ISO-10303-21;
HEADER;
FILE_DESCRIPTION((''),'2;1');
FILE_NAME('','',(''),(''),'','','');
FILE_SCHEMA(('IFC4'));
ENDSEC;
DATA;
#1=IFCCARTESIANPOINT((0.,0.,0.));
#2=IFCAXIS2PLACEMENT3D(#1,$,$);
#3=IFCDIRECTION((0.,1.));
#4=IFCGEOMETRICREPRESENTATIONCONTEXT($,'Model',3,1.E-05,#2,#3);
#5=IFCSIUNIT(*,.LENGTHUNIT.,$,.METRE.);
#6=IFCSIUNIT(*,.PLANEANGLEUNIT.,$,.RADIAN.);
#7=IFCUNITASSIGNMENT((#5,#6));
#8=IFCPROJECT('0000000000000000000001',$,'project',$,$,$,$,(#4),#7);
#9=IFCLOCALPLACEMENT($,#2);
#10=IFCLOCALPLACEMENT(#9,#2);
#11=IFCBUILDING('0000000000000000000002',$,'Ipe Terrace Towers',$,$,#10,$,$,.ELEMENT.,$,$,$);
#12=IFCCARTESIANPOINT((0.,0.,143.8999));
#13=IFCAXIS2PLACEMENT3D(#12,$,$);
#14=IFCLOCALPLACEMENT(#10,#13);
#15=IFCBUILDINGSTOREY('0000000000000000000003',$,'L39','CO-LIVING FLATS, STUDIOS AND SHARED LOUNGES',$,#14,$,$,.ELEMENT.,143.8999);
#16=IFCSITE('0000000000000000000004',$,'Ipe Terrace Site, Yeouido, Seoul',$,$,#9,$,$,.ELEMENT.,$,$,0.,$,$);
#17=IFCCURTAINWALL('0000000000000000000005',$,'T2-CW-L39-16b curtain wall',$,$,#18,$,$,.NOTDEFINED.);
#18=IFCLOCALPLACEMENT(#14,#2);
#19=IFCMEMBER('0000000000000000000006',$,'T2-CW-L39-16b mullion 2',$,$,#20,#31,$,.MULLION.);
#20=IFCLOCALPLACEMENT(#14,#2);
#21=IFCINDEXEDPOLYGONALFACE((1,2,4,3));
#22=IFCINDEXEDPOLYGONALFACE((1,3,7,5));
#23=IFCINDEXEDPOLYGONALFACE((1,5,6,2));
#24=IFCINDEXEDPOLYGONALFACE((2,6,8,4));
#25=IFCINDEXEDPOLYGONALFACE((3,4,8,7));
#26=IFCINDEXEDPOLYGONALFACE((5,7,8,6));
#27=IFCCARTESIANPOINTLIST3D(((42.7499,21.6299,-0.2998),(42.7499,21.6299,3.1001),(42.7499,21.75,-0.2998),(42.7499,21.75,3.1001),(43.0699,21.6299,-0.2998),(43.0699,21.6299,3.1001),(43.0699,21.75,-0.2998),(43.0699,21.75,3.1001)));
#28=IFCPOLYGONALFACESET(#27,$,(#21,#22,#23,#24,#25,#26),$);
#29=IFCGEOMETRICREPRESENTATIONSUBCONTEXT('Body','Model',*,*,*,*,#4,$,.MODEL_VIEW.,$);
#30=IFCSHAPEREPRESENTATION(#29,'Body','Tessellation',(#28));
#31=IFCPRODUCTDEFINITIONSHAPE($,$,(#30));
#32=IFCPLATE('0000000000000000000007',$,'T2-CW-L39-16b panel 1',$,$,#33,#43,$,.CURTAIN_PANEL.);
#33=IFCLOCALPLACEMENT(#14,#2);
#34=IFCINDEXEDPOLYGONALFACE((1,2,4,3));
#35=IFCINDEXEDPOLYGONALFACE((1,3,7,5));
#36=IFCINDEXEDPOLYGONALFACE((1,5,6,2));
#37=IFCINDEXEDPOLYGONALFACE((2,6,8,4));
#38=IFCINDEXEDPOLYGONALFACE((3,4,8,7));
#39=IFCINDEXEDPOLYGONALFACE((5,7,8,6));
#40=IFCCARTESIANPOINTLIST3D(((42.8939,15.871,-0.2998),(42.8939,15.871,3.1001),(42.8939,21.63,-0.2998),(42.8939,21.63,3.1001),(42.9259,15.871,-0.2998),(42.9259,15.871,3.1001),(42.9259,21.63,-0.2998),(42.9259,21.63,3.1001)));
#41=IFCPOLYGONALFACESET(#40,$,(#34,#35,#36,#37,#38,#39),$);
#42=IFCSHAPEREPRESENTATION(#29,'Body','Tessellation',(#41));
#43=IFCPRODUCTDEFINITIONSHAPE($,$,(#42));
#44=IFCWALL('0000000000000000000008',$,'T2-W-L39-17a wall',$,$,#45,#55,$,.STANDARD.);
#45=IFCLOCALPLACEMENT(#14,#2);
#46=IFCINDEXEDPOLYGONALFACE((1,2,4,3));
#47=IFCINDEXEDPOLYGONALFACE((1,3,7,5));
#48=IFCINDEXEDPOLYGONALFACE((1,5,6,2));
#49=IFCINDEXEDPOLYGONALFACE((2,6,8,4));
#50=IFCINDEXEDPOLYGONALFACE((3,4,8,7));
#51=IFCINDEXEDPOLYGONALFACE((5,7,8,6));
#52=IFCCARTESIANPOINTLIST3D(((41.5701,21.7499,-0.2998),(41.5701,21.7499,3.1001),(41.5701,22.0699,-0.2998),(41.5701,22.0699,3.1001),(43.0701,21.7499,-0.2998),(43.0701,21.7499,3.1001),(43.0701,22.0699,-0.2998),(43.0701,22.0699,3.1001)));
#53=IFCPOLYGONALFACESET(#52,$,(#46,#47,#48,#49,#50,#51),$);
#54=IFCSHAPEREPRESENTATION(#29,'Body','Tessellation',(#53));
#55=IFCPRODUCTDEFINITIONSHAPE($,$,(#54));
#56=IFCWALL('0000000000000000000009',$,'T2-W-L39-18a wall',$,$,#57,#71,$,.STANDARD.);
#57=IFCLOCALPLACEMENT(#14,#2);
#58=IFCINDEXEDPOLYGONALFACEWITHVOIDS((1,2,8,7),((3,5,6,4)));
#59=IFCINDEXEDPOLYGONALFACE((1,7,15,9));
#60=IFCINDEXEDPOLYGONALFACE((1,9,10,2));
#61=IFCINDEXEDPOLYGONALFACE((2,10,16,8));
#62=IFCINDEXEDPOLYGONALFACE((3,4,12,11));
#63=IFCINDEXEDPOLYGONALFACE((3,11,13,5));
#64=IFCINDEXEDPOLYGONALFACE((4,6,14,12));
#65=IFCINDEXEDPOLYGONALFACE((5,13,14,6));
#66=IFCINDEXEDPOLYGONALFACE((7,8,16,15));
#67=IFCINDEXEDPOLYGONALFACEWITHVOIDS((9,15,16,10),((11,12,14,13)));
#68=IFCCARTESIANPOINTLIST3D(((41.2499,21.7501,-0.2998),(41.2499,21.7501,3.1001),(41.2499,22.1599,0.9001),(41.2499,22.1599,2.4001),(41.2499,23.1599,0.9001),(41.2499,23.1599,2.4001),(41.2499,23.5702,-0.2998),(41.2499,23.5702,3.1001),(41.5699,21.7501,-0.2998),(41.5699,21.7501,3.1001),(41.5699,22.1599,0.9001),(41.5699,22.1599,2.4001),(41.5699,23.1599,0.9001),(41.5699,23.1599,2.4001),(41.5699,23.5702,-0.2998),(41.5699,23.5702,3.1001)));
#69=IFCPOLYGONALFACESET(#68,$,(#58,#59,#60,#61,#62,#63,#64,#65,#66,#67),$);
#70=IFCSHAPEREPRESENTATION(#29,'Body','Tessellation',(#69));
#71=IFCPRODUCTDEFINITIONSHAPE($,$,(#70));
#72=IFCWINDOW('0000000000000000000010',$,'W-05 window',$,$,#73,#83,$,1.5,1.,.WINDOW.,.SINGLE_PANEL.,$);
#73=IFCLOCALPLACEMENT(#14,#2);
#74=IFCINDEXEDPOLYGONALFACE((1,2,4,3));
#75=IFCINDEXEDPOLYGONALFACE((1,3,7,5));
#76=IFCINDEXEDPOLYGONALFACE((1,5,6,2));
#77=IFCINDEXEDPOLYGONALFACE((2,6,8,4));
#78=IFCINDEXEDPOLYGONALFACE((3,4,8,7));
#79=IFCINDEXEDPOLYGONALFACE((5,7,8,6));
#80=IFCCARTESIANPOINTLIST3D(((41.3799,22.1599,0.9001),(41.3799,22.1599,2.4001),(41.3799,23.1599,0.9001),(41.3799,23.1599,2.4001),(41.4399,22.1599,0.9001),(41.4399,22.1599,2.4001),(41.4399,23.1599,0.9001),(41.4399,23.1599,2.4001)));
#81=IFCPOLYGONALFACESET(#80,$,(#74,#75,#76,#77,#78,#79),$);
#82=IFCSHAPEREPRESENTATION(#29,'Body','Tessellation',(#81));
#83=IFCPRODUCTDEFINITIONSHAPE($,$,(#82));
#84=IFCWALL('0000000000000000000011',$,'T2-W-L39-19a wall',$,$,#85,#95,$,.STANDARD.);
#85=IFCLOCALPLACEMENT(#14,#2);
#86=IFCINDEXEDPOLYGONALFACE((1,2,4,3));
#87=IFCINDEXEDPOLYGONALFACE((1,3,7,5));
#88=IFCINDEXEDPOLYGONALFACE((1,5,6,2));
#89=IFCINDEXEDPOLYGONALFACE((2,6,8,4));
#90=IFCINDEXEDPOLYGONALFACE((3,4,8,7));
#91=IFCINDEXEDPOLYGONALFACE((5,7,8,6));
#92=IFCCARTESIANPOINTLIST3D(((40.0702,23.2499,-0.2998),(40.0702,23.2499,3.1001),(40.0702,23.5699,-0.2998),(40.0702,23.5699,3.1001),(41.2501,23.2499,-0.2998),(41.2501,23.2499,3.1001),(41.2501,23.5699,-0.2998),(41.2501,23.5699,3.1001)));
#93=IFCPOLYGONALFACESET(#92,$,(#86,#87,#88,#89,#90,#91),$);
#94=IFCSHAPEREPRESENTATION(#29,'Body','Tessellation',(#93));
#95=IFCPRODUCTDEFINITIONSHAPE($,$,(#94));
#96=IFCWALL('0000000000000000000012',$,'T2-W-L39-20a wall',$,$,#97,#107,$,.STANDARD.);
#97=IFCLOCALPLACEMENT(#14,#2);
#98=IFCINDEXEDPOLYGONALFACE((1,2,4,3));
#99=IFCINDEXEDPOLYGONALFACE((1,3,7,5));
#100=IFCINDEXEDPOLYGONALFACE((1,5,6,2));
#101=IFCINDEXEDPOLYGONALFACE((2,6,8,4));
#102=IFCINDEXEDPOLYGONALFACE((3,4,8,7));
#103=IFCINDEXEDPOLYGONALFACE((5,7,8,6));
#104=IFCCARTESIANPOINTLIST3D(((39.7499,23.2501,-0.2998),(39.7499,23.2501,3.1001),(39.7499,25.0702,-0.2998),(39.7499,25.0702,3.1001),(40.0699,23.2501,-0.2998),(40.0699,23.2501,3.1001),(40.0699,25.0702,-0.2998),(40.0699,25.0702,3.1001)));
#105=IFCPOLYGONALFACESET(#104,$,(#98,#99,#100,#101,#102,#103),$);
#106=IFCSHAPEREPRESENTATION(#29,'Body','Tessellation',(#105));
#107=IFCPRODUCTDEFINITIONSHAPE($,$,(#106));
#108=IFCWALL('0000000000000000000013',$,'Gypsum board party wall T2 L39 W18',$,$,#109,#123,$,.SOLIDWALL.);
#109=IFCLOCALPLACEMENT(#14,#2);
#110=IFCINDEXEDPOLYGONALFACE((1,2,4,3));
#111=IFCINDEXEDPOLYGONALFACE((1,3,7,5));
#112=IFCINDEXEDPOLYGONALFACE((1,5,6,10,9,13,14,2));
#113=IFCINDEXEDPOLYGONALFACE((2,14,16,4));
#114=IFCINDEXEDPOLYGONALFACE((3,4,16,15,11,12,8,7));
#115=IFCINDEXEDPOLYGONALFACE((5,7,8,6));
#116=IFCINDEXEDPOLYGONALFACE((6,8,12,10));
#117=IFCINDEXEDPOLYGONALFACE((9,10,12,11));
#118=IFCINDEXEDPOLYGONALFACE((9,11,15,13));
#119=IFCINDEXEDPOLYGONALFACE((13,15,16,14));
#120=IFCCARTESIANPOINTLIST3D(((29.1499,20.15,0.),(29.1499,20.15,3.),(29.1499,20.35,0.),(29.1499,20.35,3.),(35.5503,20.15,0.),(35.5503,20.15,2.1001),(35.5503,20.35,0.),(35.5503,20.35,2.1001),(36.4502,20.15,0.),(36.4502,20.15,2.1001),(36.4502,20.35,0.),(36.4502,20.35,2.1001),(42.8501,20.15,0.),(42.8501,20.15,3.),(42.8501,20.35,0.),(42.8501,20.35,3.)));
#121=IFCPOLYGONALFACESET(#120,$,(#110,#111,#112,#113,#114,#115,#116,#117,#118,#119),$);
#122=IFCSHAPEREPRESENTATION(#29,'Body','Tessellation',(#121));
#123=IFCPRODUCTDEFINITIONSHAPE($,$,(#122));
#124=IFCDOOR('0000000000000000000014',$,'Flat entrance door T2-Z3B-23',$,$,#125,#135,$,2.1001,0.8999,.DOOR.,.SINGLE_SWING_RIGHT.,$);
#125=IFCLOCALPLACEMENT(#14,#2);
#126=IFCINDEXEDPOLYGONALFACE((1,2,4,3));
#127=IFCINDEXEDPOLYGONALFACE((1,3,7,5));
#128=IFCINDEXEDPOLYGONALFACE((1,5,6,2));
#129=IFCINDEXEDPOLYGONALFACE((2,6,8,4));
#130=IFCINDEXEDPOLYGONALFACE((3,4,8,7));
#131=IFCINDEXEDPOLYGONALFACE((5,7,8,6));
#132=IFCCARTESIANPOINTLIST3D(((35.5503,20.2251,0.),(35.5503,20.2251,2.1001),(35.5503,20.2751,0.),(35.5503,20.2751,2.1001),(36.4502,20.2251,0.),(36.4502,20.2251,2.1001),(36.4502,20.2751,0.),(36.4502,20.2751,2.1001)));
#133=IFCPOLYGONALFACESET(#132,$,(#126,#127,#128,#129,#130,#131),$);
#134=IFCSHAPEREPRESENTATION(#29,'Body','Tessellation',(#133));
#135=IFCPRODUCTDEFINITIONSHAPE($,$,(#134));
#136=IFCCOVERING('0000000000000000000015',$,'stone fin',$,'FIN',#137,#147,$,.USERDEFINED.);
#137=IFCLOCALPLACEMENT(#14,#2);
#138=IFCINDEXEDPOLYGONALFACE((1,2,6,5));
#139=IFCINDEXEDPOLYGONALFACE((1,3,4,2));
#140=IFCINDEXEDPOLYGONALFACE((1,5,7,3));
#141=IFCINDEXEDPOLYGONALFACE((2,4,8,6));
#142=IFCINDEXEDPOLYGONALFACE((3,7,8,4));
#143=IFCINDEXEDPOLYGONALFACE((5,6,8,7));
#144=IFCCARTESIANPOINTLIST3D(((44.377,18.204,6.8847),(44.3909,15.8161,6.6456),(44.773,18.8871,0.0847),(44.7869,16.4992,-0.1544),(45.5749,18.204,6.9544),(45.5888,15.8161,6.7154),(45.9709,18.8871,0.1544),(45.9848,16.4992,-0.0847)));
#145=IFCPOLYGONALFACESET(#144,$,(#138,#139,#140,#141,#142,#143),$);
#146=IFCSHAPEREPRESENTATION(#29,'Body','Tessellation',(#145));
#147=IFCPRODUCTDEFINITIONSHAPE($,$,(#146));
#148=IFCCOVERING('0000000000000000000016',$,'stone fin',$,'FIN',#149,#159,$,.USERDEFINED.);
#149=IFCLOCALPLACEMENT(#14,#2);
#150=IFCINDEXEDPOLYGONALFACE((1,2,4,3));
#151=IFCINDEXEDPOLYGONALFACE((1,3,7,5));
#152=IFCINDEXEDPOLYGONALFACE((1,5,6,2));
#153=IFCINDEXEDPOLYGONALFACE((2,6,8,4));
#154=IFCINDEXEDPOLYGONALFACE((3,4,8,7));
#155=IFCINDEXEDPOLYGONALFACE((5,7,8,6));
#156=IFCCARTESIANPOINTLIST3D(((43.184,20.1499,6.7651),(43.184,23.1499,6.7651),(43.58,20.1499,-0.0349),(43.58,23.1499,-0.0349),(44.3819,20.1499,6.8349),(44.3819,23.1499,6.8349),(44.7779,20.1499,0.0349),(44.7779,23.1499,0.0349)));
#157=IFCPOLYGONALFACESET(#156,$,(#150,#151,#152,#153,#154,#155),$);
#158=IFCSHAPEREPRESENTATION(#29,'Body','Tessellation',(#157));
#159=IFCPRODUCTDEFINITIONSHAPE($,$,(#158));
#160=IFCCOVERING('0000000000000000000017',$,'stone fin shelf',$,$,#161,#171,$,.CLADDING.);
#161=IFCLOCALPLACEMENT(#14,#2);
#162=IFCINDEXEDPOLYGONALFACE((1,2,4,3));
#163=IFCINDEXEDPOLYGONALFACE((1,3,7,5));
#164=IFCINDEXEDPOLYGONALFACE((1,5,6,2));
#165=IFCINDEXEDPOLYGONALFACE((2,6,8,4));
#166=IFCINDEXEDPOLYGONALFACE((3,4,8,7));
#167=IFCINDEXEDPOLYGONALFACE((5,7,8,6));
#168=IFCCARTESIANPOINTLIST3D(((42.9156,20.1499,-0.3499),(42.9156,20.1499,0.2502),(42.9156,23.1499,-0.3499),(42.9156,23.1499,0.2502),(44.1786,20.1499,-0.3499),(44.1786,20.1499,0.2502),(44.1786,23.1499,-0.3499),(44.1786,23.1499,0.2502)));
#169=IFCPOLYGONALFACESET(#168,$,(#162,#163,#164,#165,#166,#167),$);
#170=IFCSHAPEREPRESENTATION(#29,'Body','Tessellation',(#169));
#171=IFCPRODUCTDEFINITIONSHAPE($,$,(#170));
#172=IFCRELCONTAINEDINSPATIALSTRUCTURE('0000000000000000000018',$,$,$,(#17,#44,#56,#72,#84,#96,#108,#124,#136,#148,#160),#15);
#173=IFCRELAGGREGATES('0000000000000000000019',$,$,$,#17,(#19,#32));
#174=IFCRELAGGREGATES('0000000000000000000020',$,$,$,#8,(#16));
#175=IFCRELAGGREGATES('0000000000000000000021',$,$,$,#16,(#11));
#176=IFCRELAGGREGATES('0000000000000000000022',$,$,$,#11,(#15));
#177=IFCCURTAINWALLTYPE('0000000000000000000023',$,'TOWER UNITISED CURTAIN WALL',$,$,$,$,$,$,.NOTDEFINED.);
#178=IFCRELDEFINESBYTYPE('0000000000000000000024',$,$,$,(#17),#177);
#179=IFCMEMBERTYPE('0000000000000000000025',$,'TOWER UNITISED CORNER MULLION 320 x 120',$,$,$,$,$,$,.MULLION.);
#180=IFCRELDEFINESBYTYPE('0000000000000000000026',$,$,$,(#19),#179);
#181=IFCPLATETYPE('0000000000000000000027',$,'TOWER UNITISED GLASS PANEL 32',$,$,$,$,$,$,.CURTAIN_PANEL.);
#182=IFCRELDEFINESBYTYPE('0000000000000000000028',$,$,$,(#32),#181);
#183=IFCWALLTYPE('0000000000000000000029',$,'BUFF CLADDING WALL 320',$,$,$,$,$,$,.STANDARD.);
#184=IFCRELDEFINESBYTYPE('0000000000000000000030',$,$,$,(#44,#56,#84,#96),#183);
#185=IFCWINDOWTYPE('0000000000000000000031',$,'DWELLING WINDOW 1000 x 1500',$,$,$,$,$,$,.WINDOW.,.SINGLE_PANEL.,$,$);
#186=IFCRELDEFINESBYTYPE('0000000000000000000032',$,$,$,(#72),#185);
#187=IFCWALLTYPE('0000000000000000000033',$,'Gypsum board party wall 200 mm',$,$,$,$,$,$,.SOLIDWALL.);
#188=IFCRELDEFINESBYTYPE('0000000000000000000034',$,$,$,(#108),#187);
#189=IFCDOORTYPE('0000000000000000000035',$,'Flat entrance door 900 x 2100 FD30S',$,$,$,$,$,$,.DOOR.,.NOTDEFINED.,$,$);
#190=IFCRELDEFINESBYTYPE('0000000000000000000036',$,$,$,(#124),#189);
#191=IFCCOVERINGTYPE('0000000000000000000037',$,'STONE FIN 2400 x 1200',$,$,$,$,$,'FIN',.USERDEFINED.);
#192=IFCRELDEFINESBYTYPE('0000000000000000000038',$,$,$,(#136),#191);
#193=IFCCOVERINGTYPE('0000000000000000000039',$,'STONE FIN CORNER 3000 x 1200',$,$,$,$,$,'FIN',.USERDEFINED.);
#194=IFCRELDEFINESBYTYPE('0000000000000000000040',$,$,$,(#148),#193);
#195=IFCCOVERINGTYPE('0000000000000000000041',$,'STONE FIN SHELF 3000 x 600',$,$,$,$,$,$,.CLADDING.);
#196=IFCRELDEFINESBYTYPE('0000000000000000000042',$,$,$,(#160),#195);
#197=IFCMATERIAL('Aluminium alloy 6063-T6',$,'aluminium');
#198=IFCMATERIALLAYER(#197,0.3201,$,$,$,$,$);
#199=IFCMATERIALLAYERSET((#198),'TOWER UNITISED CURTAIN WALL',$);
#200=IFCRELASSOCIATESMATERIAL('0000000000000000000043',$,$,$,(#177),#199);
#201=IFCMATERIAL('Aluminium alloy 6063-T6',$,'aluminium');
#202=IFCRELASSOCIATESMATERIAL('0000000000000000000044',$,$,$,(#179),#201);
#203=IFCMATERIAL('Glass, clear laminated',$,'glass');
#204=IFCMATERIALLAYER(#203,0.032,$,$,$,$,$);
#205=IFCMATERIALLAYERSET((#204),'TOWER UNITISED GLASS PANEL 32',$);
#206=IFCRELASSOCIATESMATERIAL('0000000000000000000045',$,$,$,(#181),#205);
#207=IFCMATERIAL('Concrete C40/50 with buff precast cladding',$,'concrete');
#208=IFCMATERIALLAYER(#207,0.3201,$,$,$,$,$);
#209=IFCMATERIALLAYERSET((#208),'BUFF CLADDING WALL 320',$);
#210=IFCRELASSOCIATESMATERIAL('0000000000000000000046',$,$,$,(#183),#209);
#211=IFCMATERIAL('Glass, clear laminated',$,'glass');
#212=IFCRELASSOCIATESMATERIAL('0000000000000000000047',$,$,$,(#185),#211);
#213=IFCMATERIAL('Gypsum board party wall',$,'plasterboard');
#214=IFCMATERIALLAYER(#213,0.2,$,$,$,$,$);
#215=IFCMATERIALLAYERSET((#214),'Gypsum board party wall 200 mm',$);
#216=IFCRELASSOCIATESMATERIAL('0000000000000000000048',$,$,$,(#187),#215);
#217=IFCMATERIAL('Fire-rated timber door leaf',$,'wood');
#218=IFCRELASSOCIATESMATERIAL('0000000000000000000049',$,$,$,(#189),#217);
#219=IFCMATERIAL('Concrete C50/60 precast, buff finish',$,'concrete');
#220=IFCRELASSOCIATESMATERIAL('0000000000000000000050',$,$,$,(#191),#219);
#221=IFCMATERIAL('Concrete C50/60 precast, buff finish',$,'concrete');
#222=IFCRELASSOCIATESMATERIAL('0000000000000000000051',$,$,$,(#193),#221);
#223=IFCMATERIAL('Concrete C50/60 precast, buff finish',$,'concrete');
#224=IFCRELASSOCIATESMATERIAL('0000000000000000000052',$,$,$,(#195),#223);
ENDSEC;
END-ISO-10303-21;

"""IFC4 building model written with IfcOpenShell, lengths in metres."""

from ifc_helpers import new_model, si_unit, direction, frame, frame_2d, origin, origin_2d, place, context, subcontext, project, spatial, rectangle, extrude, material, layer, layer_set, material_profile, profile_set, type_object, element, fill, aggregate, save


model = new_model("IFC4")

# Units and contexts
model_context = context("Model", 3, precision=1e-05, world=origin(), true_north=direction((0.0, 1.0)))
body_context = subcontext(model_context, "Body", "Model", "MODEL_VIEW")
ifc_project = project(units=[si_unit("LENGTHUNIT", "METRE"), si_unit("PLANEANGLEUNIT", "RADIAN")], contexts=[model_context])

# Site, building, storey
site_placement = place(None, origin())
site = spatial("IfcSite", under=ifc_project, at=site_placement, Name="Ipe Terrace Site, Yeouido, Seoul", CompositionType="ELEMENT", RefElevation=0.0)
building_placement = place(site_placement, origin())
building = spatial("IfcBuilding", under=site, at=building_placement, Name="Ipe Terrace Towers", CompositionType="ELEMENT")
storey_placement = place(building_placement, frame((0.0, 0.0, 143.8999)))
storey = spatial("IfcBuildingStorey", under=building, at=storey_placement, Name="L39", Description="CO-LIVING FLATS, STUDIOS AND SHARED LOUNGES", CompositionType="ELEMENT", Elevation=143.8999)

# Curtain wall, member, plate
ifc_material_1 = material(Name="Aluminium alloy 6063-T6", Category="aluminium")
ifc_layer_1 = layer(ifc_material_1, 0.3201)
ifc_layer_set_1 = layer_set([ifc_layer_1], Name="TOWER UNITISED CURTAIN WALL")
curtain_wall_type = type_object("IfcCurtainWallType", Name="TOWER UNITISED CURTAIN WALL", PredefinedType="NOTDEFINED", material=ifc_layer_set_1)
curtain_wall_placement = place(storey_placement, origin())
curtain_wall = element("IfcCurtainWall", 1, at=curtain_wall_placement, inside=storey, type_object=curtain_wall_type, Name="T2-CW-L39-16b curtain wall", PredefinedType="NOTDEFINED")
ifc_material_2 = material(Name="Aluminium alloy 6063-T6", Category="aluminium")
ifc_material_profile_1 = material_profile(ifc_material_2, rectangle(XDim=0.3201, YDim=0.1201, at=origin_2d()), Name="TOWER UNITISED CORNER MULLION 320 x 120")
ifc_profile_set_1 = profile_set([ifc_material_profile_1], Name="Aluminium alloy 6063-T6")
member_type = type_object("IfcMemberType", Name="TOWER UNITISED CORNER MULLION 320 x 120", PredefinedType="MULLION", material=ifc_profile_set_1)
member_1_placement = place(storey_placement, frame((42.9099, 21.6899, -0.2998), z_axis=(0.0, 0.0, 1.0), x_axis=(1.0, 0.0, 0.0)))
member_1 = element("IfcMember", 2, at=member_1_placement, type_object=member_type, Name="T2-CW-L39-16b mullion 2", PredefinedType="MULLION", context=body_context, shape_type="SweptSolid", body=[
    extrude(rectangle(XDim=0.3201, YDim=0.1201, at=origin_2d()), origin(), (0.0, 0.0, 1.0), 3.3999),
])
ifc_material_3 = material(Name="Glass, clear laminated", Category="glass")
ifc_layer_2 = layer(ifc_material_3, 0.032)
ifc_layer_set_2 = layer_set([ifc_layer_2], Name="TOWER UNITISED GLASS PANEL 32")
plate_type = type_object("IfcPlateType", Name="TOWER UNITISED GLASS PANEL 32", PredefinedType="CURTAIN_PANEL", material=ifc_layer_set_2)
plate_placement = place(storey_placement, frame((42.9099, 18.7505, -0.2998), z_axis=(0.0, 0.0, 1.0), x_axis=(0.0, 1.0, 0.0)))
plate = element("IfcPlate", 3, at=plate_placement, type_object=plate_type, Name="T2-CW-L39-16b panel 1", PredefinedType="CURTAIN_PANEL", context=body_context, shape_type="SweptSolid", body=[
    extrude(rectangle(XDim=5.759, YDim=0.032, at=origin_2d()), origin(), (0.0, 0.0, 1.0), 3.3999),
])
aggregate(curtain_wall, [member_1, plate])

# Wall
ifc_material_4 = material(Name="Concrete C40/50 with buff precast cladding", Category="concrete")
ifc_layer_3 = layer(ifc_material_4, 0.3201)
ifc_layer_set_3 = layer_set([ifc_layer_3], Name="BUFF CLADDING WALL 320")
wall_type_1 = type_object("IfcWallType", Name="BUFF CLADDING WALL 320", PredefinedType="STANDARD", material=ifc_layer_set_3)
wall_1_placement = place(storey_placement, frame((43.0701, 21.9099, -0.2998), z_axis=(0.0, 0.0, 1.0), x_axis=(-1.0, 0.0, 0.0)))
element("IfcWall", 4, at=wall_1_placement, inside=storey, type_object=wall_type_1, Name="T2-W-L39-17a wall", PredefinedType="STANDARD", context=body_context, shape_type="SweptSolid", body=[
    extrude(rectangle(XDim=1.5, YDim=0.3201, at=frame_2d((0.75, 0.0))), origin(), (0.0, 0.0, 1.0), 3.3999),
])

# Wall, opening, window
wall_2_placement = place(storey_placement, frame((41.4099, 21.75, -0.2998), z_axis=(0.0, 0.0, 1.0), x_axis=(0.0, 1.0, 0.0)))
wall_2 = element("IfcWall", 5, at=wall_2_placement, inside=storey, type_object=wall_type_1, Name="T2-W-L39-18a wall", PredefinedType="STANDARD", context=body_context, shape_type="SweptSolid", body=[
    extrude(rectangle(XDim=1.8201, YDim=0.3201, at=frame_2d((0.9102, 0.0))), origin(), (0.0, 0.0, 1.0), 3.3999),
])
opening_1_placement = place(wall_2_placement, frame((0.4099, 0.0, 1.2)))
opening_1 = element("IfcOpeningElement", 6, at=opening_1_placement, cuts=wall_2, PredefinedType="OPENING", context=body_context, shape_type="SweptSolid", body=[
    extrude(rectangle(XDim=1.0, YDim=1.5, at=frame_2d((0.5, 0.75))), frame((0.0, 0.1699, 0.0), z_axis=(0.0, -1.0, 0.0), x_axis=(1.0, 0.0, 0.0)), (0.0, 0.0, 1.0), 0.3401),
])
ifc_material_5 = material(Name="Glass, clear laminated", Category="glass")
window_type = type_object("IfcWindowType", Name="DWELLING WINDOW 1000 x 1500", PartitioningType="SINGLE_PANEL", PredefinedType="WINDOW", material=ifc_material_5)
window_placement = place(opening_1_placement, origin())
window = element("IfcWindow", 7, at=window_placement, inside=storey, type_object=window_type, Name="W-05 window", OverallHeight=1.5, OverallWidth=1.0, PartitioningType="SINGLE_PANEL", PredefinedType="WINDOW", context=body_context, shape_type="SweptSolid", body=[
    extrude(rectangle(XDim=1.0, YDim=1.5, at=frame_2d((0.5, 0.75))), frame((0.0, 0.03, 0.0), z_axis=(0.0, -1.0, 0.0), x_axis=(1.0, 0.0, 0.0)), (0.0, 0.0, 1.0), 0.0601),
])
fill(opening_1, window)

# Walls
wall_3_placement = place(storey_placement, frame((41.25, 23.4099, -0.2998), z_axis=(0.0, 0.0, 1.0), x_axis=(-1.0, 0.0, 0.0)))
element("IfcWall", 8, at=wall_3_placement, inside=storey, type_object=wall_type_1, Name="T2-W-L39-19a wall", PredefinedType="STANDARD", context=body_context, shape_type="SweptSolid", body=[
    extrude(rectangle(XDim=1.1799, YDim=0.3201, at=frame_2d((0.5898, 0.0))), origin(), (0.0, 0.0, 1.0), 3.3999),
])
wall_4_placement = place(storey_placement, frame((39.9099, 23.25, -0.2998), z_axis=(0.0, 0.0, 1.0), x_axis=(0.0, 1.0, 0.0)))
element("IfcWall", 9, at=wall_4_placement, inside=storey, type_object=wall_type_1, Name="T2-W-L39-20a wall", PredefinedType="STANDARD", context=body_context, shape_type="SweptSolid", body=[
    extrude(rectangle(XDim=1.8201, YDim=0.3201, at=frame_2d((0.9102, 0.0))), origin(), (0.0, 0.0, 1.0), 3.3999),
])

# Wall, opening, door
ifc_material_6 = material(Name="Gypsum board party wall", Category="plasterboard")
ifc_layer_4 = layer(ifc_material_6, 0.2)
ifc_layer_set_4 = layer_set([ifc_layer_4], Name="Gypsum board party wall 200 mm")
wall_type_2 = type_object("IfcWallType", Name="Gypsum board party wall 200 mm", PredefinedType="SOLIDWALL", material=ifc_layer_set_4)
wall_5_placement = place(storey_placement, frame((42.8501, 20.25, 0.0), z_axis=(0.0, 0.0, 1.0), x_axis=(-1.0, 0.0, 0.0)))
wall_5 = element("IfcWall", 10, at=wall_5_placement, inside=storey, type_object=wall_type_2, Name="Gypsum board party wall T2 L39 W18", PredefinedType="SOLIDWALL", context=body_context, shape_type="SweptSolid", body=[
    extrude(rectangle(XDim=13.7002, YDim=0.2, at=frame_2d((6.8501, 0.0))), origin(), (0.0, 0.0, 1.0), 3.0),
])
opening_2_placement = place(wall_5_placement, frame((6.3999, 0.0, 0.0)))
opening_2 = element("IfcOpeningElement", 11, at=opening_2_placement, cuts=wall_5, PredefinedType="OPENING", context=body_context, shape_type="SweptSolid", body=[
    extrude(rectangle(XDim=0.8999, YDim=2.1001, at=frame_2d((0.45, 1.05))), frame((0.0, 0.1099, 0.0), z_axis=(0.0, -1.0, 0.0), x_axis=(1.0, 0.0, 0.0)), (0.0, 0.0, 1.0), 0.22),
])
ifc_material_7 = material(Name="Fire-rated timber door leaf", Category="wood")
door_type = type_object("IfcDoorType", Name="Flat entrance door 900 x 2100 FD30S", OperationType="NOTDEFINED", PredefinedType="DOOR", material=ifc_material_7)
door_placement = place(opening_2_placement, origin())
door = element("IfcDoor", 12, at=door_placement, inside=storey, type_object=door_type, Name="Flat entrance door T2-Z3B-23", OperationType="SINGLE_SWING_RIGHT", OverallHeight=2.1001, OverallWidth=0.8999, PredefinedType="DOOR", context=body_context, shape_type="SweptSolid", body=[
    extrude(rectangle(XDim=0.8999, YDim=2.1001, at=frame_2d((0.45, 1.05))), frame((0.0, 0.0249, 0.0), z_axis=(0.0, -1.0, 0.0), x_axis=(1.0, 0.0, 0.0)), (0.0, 0.0, 1.0), 0.05),
])
fill(opening_2, door)

# Coverings
ifc_material_8 = material(Name="Concrete C50/60 precast, buff finish", Category="concrete")
ifc_material_profile_2 = material_profile(ifc_material_8, rectangle(XDim=2.3999, YDim=1.2, at=origin_2d()), Name="STONE FIN 2400 x 1200")
ifc_profile_set_2 = profile_set([ifc_material_profile_2], Name="Concrete C50/60 precast, buff finish")
covering_type_1 = type_object("IfcCoveringType", Name="STONE FIN 2400 x 1200", ElementType="FIN", PredefinedType="USERDEFINED", material=ifc_profile_set_2)
covering_1_placement = place(storey_placement, frame((45.3789, 17.6931, 0.0), z_axis=(-0.057846, -0.099786, 0.993326), x_axis=(-0.005801, 0.995009, 0.099617)))
element("IfcCovering", 13, at=covering_1_placement, inside=storey, type_object=covering_type_1, Name="stone fin", ObjectType="FIN", PredefinedType="USERDEFINED", context=body_context, shape_type="SweptSolid", body=[
    extrude(rectangle(XDim=2.3999, YDim=1.2, at=origin_2d()), origin(), (0.0, 0.0, 1.0), 6.8457),
])
ifc_material_9 = material(Name="Concrete C50/60 precast, buff finish", Category="concrete")
ifc_material_profile_3 = material_profile(ifc_material_9, rectangle(XDim=3.0, YDim=1.2, at=origin_2d()), Name="STONE FIN CORNER 3000 x 1200")
ifc_profile_set_3 = profile_set([ifc_material_profile_3], Name="Concrete C50/60 precast, buff finish")
covering_type_2 = type_object("IfcCoveringType", Name="STONE FIN CORNER 3000 x 1200", ElementType="FIN", PredefinedType="USERDEFINED", material=ifc_profile_set_3)
covering_2_placement = place(storey_placement, frame((44.179, 21.6499, 0.0), z_axis=(-0.058136, 0.0, 0.998309), x_axis=(0.0, 1.0, 0.0)))
element("IfcCovering", 14, at=covering_2_placement, inside=storey, type_object=covering_type_2, Name="stone fin", ObjectType="FIN", PredefinedType="USERDEFINED", context=body_context, shape_type="SweptSolid", body=[
    extrude(rectangle(XDim=3.0, YDim=1.2, at=origin_2d()), origin(), (0.0, 0.0, 1.0), 6.8115),
])
ifc_material_10 = material(Name="Concrete C50/60 precast, buff finish", Category="concrete")
covering_type_3 = type_object("IfcCoveringType", Name="STONE FIN SHELF 3000 x 600", PredefinedType="CLADDING", material=ifc_material_10)
covering_3_placement = place(storey_placement, frame((43.5471, 21.6499, -0.3499), z_axis=(0.0, 0.0, 1.0), x_axis=(0.0, 1.0, 0.0)))
element("IfcCovering", 15, at=covering_3_placement, inside=storey, type_object=covering_type_3, Name="stone fin shelf", PredefinedType="CLADDING", context=body_context, shape_type="SweptSolid", body=[
    extrude(rectangle(XDim=3.0, YDim=1.2629, at=origin_2d()), origin(), (0.0, 0.0, 1.0), 0.6001),
])

save(model, "model.ifc")
